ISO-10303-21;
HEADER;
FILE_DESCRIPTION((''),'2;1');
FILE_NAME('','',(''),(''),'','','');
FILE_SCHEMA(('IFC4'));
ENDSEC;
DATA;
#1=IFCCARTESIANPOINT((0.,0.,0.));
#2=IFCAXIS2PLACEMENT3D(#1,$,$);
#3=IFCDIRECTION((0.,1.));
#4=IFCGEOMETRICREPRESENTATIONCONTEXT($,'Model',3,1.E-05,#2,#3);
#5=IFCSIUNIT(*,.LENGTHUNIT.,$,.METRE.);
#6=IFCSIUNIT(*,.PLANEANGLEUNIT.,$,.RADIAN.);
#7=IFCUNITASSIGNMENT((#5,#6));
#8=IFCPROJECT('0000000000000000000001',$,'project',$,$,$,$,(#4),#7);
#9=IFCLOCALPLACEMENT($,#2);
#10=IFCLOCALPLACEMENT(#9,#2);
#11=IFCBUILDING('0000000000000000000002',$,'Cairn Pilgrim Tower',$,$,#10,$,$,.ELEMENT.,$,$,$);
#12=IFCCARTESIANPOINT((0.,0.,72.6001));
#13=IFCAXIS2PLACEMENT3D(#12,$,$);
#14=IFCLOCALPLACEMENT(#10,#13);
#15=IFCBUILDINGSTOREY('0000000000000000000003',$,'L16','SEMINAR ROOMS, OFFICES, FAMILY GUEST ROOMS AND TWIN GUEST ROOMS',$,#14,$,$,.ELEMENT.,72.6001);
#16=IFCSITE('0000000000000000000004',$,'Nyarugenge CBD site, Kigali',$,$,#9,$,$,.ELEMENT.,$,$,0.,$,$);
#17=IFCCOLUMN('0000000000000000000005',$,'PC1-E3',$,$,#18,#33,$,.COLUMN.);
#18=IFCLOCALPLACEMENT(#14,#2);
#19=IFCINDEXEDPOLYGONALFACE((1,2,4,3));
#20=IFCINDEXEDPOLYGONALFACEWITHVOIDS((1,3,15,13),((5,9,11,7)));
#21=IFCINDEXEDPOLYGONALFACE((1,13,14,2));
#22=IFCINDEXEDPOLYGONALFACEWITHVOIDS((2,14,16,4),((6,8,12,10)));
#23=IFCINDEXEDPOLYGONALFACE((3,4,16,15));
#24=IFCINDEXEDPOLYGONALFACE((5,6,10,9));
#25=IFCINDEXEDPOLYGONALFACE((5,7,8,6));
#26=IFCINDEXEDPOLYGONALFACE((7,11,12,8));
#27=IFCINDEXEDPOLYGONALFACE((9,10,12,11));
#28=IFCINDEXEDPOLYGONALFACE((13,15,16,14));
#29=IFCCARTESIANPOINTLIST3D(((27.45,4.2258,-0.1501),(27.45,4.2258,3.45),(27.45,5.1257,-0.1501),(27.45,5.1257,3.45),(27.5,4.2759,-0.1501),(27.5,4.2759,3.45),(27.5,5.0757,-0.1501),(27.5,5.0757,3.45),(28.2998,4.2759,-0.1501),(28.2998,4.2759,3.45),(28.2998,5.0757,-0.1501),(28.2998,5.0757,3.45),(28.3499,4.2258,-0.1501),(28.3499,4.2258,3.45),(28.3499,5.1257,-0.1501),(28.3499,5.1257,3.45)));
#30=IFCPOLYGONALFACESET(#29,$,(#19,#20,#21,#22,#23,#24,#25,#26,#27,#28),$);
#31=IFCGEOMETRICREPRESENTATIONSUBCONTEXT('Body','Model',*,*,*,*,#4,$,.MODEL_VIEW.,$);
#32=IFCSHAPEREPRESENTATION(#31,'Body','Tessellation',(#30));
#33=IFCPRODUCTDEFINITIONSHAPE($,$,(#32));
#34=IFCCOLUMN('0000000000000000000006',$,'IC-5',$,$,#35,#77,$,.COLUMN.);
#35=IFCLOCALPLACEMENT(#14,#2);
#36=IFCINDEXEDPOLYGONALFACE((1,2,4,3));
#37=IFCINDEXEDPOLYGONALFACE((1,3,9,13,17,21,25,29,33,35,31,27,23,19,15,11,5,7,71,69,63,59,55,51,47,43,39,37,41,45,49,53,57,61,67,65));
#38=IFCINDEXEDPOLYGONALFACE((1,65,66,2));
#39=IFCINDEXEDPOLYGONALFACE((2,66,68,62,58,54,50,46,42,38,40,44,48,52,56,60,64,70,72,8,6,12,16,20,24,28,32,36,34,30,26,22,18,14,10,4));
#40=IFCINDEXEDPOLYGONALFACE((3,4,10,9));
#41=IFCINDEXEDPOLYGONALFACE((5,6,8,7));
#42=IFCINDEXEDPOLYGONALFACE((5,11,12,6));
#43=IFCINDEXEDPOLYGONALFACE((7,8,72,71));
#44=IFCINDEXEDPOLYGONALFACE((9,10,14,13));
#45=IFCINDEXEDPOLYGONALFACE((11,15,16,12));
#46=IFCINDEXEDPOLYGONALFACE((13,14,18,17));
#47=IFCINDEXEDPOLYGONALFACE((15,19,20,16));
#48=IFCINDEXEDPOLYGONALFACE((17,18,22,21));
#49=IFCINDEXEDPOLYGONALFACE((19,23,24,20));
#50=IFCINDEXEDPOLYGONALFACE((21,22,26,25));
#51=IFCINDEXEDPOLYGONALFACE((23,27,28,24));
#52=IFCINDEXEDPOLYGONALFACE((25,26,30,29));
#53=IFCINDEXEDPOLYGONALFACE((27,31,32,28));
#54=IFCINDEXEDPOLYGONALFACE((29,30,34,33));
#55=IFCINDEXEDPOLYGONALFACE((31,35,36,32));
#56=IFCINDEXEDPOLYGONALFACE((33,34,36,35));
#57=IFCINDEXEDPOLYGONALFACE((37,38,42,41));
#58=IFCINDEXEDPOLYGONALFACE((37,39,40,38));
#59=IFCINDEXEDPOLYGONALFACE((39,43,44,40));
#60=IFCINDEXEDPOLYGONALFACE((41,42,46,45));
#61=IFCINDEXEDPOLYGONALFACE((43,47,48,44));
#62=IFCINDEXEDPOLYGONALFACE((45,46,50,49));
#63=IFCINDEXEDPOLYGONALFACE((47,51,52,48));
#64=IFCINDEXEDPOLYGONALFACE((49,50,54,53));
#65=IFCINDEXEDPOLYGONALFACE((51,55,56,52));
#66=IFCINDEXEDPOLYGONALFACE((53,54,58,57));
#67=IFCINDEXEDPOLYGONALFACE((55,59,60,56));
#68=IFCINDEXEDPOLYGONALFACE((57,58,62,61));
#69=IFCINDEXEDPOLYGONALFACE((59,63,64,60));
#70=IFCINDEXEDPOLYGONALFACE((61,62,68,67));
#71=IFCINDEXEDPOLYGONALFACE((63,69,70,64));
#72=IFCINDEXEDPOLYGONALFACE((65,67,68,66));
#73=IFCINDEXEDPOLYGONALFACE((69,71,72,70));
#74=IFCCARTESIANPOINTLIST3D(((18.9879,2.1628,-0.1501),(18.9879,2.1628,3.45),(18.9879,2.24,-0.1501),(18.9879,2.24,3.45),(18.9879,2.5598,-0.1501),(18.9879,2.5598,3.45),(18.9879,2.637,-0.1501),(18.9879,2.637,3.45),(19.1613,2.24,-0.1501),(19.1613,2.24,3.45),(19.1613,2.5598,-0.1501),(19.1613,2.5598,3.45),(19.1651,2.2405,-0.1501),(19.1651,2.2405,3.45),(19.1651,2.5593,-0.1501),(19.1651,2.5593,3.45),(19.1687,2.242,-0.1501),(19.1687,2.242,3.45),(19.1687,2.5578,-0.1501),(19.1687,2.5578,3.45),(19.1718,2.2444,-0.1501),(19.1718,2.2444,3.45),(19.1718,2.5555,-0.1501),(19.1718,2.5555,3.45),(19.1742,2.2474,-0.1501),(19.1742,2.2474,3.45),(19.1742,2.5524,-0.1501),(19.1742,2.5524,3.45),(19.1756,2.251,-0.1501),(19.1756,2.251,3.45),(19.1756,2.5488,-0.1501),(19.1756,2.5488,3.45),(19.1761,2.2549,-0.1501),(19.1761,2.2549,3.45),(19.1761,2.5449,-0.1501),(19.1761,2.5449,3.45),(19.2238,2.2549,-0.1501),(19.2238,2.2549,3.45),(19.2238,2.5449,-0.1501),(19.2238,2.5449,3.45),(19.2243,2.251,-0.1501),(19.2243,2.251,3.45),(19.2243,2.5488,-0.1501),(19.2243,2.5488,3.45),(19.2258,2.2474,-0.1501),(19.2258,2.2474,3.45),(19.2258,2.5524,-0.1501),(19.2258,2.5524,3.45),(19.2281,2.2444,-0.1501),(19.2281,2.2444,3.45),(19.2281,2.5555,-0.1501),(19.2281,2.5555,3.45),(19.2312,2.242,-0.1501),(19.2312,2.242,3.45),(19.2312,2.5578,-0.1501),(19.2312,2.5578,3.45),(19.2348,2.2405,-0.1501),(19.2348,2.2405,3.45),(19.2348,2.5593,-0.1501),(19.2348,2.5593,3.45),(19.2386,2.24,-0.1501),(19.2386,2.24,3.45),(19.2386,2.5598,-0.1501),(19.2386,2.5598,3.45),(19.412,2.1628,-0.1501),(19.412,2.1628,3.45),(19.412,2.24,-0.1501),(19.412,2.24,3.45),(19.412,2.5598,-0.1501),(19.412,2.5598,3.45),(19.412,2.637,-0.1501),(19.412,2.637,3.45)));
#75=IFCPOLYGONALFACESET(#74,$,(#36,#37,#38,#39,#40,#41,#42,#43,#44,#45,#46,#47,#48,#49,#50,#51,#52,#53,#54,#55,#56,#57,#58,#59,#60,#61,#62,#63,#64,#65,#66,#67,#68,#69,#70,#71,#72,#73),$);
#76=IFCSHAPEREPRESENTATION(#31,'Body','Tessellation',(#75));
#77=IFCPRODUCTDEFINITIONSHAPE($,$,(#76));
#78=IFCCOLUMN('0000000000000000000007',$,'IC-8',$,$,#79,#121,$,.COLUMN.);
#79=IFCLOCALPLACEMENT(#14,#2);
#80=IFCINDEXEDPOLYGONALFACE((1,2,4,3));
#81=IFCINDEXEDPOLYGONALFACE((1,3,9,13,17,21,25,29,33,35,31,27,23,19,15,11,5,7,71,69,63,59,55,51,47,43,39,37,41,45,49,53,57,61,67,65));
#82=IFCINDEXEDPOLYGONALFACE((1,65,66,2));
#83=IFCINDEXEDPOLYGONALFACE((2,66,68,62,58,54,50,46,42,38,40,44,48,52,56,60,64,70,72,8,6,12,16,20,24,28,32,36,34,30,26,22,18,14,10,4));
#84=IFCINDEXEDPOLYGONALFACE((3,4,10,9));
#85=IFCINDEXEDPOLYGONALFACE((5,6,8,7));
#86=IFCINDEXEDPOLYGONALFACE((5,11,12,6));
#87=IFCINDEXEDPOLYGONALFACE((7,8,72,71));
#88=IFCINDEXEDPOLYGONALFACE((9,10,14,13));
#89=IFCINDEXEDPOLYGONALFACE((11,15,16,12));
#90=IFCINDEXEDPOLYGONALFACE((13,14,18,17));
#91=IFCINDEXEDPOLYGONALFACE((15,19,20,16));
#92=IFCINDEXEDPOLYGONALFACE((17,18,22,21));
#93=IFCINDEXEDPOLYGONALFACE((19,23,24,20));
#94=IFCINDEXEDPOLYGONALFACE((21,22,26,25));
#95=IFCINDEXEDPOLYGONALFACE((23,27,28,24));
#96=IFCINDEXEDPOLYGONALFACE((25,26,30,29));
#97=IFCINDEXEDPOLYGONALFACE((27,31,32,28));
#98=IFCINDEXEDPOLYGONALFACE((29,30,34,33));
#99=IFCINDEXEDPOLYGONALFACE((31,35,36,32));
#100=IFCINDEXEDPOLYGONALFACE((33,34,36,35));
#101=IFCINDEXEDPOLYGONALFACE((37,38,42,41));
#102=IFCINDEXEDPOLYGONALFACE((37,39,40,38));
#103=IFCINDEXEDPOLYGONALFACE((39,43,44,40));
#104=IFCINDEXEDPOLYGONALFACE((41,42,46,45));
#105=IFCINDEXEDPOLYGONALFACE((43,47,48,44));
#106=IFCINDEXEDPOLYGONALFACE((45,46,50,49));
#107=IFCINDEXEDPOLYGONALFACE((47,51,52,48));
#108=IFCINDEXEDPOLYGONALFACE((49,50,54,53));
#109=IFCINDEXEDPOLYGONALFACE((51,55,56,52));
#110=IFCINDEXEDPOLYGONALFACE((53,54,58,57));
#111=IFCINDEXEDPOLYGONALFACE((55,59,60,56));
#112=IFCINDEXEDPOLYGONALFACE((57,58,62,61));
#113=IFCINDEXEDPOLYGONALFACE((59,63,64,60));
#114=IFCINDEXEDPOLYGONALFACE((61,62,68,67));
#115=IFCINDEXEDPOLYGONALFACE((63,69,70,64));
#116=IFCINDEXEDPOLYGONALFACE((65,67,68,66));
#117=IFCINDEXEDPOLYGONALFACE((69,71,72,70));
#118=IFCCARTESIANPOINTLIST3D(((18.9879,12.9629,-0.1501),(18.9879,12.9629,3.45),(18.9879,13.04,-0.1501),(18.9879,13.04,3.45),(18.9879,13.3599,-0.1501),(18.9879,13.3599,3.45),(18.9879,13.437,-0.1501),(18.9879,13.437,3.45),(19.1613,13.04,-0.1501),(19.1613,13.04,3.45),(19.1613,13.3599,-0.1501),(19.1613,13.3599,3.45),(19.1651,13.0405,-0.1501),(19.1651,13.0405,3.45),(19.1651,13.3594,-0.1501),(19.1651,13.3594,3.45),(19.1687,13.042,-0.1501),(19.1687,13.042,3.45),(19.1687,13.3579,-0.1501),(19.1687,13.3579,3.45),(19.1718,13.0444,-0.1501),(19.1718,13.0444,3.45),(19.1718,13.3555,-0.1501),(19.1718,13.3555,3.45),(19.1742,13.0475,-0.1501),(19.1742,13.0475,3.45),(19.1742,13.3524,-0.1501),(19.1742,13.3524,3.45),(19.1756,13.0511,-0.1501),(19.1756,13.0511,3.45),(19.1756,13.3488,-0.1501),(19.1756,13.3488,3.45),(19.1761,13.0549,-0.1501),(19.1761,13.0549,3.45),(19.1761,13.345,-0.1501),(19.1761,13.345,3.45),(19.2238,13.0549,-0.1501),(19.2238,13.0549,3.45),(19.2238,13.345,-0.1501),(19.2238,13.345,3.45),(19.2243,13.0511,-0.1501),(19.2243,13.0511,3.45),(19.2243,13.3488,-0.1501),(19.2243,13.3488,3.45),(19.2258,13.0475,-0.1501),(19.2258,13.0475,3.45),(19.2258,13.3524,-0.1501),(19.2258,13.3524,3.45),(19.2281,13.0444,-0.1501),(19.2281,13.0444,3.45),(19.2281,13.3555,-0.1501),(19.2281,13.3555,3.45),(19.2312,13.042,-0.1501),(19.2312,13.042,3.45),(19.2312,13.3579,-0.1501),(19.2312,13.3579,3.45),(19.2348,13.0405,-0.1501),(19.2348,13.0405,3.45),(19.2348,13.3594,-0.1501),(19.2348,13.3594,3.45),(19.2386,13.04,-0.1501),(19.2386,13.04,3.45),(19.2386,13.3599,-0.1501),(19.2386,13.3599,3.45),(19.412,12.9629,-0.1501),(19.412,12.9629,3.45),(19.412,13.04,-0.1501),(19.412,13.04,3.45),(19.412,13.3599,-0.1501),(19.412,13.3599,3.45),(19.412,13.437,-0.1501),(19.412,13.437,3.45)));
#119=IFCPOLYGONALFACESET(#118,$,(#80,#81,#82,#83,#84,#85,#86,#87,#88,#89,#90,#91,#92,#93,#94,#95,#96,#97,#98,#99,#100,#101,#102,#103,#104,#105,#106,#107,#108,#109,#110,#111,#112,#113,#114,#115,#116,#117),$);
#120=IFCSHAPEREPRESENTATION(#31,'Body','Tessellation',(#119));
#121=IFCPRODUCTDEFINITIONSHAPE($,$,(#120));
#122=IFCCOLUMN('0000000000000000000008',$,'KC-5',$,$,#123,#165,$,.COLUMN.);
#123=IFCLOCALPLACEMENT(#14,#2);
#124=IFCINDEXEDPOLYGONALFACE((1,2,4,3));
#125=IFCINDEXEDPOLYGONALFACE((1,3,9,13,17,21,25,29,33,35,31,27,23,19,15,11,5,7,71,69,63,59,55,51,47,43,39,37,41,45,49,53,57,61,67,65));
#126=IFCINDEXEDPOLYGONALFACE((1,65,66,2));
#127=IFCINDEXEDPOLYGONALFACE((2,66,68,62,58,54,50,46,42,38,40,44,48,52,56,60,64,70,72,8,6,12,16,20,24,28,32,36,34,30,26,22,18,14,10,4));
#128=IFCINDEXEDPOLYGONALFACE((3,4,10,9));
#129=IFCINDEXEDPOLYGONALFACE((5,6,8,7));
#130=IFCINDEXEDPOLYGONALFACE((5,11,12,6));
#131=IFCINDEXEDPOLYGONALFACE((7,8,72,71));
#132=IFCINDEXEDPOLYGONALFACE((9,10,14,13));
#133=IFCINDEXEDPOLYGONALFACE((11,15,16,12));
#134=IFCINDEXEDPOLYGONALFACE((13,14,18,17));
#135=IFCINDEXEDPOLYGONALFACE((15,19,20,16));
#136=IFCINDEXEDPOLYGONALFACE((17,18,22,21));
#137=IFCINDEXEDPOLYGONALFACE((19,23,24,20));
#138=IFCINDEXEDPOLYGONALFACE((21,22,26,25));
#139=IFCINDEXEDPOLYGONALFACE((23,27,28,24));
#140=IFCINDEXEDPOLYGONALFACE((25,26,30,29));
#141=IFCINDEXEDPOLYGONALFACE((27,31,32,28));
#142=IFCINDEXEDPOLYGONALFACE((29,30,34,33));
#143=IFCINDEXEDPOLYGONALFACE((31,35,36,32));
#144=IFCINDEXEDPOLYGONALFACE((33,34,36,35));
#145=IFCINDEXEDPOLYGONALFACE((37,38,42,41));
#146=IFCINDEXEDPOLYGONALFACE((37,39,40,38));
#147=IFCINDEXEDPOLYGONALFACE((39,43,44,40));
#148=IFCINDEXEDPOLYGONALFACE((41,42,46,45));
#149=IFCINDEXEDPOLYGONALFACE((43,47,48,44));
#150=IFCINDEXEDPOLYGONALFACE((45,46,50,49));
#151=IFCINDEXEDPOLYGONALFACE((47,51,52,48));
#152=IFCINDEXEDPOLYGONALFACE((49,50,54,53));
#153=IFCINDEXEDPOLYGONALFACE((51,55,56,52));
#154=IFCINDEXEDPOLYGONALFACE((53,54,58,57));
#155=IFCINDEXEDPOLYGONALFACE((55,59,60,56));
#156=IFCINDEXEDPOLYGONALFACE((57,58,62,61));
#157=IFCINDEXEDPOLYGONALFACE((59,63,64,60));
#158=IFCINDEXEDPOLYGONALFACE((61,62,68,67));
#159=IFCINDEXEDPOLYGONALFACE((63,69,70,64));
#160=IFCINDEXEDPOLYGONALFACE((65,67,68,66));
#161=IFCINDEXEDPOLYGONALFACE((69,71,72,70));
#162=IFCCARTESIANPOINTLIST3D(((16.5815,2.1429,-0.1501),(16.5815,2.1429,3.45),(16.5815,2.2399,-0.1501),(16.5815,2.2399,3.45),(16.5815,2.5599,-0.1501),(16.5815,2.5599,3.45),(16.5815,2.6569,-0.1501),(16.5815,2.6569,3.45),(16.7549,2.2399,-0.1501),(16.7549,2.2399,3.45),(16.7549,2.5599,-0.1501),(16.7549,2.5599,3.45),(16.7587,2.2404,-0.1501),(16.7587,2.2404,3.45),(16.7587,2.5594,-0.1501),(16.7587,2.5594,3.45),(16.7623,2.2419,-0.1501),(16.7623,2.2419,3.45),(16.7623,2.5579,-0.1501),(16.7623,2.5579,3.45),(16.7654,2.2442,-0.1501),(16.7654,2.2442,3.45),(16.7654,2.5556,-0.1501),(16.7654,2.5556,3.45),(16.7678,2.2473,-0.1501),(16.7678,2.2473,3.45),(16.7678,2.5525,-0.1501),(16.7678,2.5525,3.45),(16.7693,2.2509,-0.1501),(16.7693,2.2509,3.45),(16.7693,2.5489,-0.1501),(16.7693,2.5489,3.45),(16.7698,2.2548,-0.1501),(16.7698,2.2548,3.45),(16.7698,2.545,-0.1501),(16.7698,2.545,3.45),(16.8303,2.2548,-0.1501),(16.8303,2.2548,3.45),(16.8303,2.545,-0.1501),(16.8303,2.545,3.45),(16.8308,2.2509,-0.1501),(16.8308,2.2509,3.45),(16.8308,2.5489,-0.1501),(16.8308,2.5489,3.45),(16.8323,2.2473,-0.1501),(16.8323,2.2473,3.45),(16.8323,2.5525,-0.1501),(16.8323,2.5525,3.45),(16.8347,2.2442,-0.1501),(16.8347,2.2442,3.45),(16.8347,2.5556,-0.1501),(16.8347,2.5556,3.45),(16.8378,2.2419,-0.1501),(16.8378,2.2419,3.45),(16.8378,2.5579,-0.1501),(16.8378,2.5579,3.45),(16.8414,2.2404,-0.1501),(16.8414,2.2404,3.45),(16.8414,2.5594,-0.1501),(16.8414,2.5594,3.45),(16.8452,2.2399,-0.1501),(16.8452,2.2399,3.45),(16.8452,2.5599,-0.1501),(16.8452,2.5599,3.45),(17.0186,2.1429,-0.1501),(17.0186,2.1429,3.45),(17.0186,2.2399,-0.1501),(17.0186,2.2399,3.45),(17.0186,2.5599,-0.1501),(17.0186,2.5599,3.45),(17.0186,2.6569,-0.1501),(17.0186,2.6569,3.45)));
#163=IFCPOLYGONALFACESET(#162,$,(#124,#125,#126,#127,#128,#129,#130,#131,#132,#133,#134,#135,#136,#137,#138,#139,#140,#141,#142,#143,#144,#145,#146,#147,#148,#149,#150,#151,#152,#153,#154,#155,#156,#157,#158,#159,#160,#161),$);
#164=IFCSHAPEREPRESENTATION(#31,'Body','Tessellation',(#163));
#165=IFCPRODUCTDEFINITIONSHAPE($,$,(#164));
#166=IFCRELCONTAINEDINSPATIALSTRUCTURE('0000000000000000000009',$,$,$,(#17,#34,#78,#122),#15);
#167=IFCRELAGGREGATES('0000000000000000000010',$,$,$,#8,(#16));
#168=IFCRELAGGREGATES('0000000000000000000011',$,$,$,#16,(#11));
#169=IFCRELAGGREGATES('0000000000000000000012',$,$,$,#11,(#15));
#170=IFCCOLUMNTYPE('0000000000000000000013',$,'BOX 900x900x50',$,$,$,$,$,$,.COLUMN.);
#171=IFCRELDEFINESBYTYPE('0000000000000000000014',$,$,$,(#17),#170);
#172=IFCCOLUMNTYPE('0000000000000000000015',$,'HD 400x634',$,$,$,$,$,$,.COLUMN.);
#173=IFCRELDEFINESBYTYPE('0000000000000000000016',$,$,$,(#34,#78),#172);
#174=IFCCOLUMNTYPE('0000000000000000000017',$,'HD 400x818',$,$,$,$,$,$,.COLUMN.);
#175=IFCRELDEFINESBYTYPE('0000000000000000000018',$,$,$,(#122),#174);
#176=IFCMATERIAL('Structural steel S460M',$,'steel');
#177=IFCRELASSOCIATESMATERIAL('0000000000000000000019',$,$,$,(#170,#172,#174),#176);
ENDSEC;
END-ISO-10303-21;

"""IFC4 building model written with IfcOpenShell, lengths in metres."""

from ifc_helpers import new_model, si_unit, direction, frame, origin, origin_2d, place, context, subcontext, project, spatial, hollow_rectangle, i_section, extrude, material, material_profile, profile_set, type_object, element, save


model = new_model("IFC4")

# Units and contexts
model_context = context("Model", 3, precision=1e-05, world=origin(), true_north=direction((0.0, 1.0)))
body_context = subcontext(model_context, "Body", "Model", "MODEL_VIEW")
ifc_project = project(units=[si_unit("LENGTHUNIT", "METRE"), si_unit("PLANEANGLEUNIT", "RADIAN")], contexts=[model_context])

# Site, building, storey
site_placement = place(None, origin())
site = spatial("IfcSite", under=ifc_project, at=site_placement, Name="Nyarugenge CBD site, Kigali", CompositionType="ELEMENT", RefElevation=0.0)
building_placement = place(site_placement, origin())
building = spatial("IfcBuilding", under=site, at=building_placement, Name="Cairn Pilgrim Tower", CompositionType="ELEMENT")
storey_placement = place(building_placement, frame((0.0, 0.0, 72.6001)))
storey = spatial("IfcBuildingStorey", under=building, at=storey_placement, Name="L16", Description="SEMINAR ROOMS, OFFICES, FAMILY GUEST ROOMS AND TWIN GUEST ROOMS", CompositionType="ELEMENT", Elevation=72.6001)

# Columns
ifc_material_1 = material(Name="Structural steel S460M", Category="steel")
ifc_material_profile_1 = material_profile(ifc_material_1, hollow_rectangle(XDim=0.8999, YDim=0.8999, WallThickness=0.05, at=origin_2d()), Name="BOX 900x900x50")
ifc_profile_set_1 = profile_set([ifc_material_profile_1], Name="Structural steel S460M")
column_type_1 = type_object("IfcColumnType", Name="BOX 900x900x50", PredefinedType="COLUMN", material=ifc_profile_set_1)
column_placement = place(storey_placement, frame((27.8999, 4.6758, -0.1501), z_axis=(0.0, 0.0, 1.0), x_axis=(1.0, 0.0, 0.0)))
element("IfcColumn", 1, at=column_placement, inside=storey, type_object=column_type_1, Name="PC1-E3", PredefinedType="COLUMN", context=body_context, shape_type="SweptSolid", body=[
    extrude(hollow_rectangle(XDim=0.8999, YDim=0.8999, WallThickness=0.05, at=origin_2d()), origin(), (0.0, 0.0, 1.0), 3.6001),
])
ifc_material_profile_2 = material_profile(ifc_material_1, i_section(OverallWidth=0.4241, OverallDepth=0.4741, WebThickness=0.0476, FlangeThickness=0.0771, FilletRadius=0.0149, at=origin_2d()), Name="HD 400x634")
ifc_profile_set_2 = profile_set([ifc_material_profile_2], Name="Structural steel S460M")
column_type_2 = type_object("IfcColumnType", Name="HD 400x634", PredefinedType="COLUMN", material=ifc_profile_set_2)
for number, where, z_axis, x_axis, name in (
    (2, (19.2, 2.3999, -0.1501), (0.0, 0.0, 1.0), (1.0, 0.0, 0.0), "IC-5"),
    (3, (19.2, 13.2, -0.1501), (0.0, 0.0, 1.0), (1.0, 0.0, 0.0), "IC-8"),
):
    element("IfcColumn", number, at=place(storey_placement, frame(where, z_axis=z_axis, x_axis=x_axis)), inside=storey, type_object=column_type_2, Name=name, PredefinedType="COLUMN", context=body_context, shape_type="SweptSolid", body=[
        extrude(i_section(OverallWidth=0.4241, OverallDepth=0.4741, WebThickness=0.0476, FlangeThickness=0.0771, FilletRadius=0.0149, at=origin_2d()), origin(), (0.0, 0.0, 1.0), 3.6001),
    ])
ifc_material_profile_3 = material_profile(ifc_material_1, i_section(OverallWidth=0.437, OverallDepth=0.5139, WebThickness=0.0605, FlangeThickness=0.0969, FilletRadius=0.0149, at=origin_2d()), Name="HD 400x818")
ifc_profile_set_3 = profile_set([ifc_material_profile_3], Name="Structural steel S460M")
column_type_3 = type_object("IfcColumnType", Name="HD 400x818", PredefinedType="COLUMN", material=ifc_profile_set_3)
for number, where, z_axis, x_axis, name in (
    (4, (16.8, 2.3999, -0.1501), (0.0, 0.0, 1.0), (1.0, 0.0, 0.0), "KC-5"),
):
    element("IfcColumn", number, at=place(storey_placement, frame(where, z_axis=z_axis, x_axis=x_axis)), inside=storey, type_object=column_type_3, Name=name, PredefinedType="COLUMN", context=body_context, shape_type="SweptSolid", body=[
        extrude(i_section(OverallWidth=0.437, OverallDepth=0.5139, WebThickness=0.0605, FlangeThickness=0.0969, FilletRadius=0.0149, at=origin_2d()), origin(), (0.0, 0.0, 1.0), 3.6001),
    ])

save(model, "model.ifc")
